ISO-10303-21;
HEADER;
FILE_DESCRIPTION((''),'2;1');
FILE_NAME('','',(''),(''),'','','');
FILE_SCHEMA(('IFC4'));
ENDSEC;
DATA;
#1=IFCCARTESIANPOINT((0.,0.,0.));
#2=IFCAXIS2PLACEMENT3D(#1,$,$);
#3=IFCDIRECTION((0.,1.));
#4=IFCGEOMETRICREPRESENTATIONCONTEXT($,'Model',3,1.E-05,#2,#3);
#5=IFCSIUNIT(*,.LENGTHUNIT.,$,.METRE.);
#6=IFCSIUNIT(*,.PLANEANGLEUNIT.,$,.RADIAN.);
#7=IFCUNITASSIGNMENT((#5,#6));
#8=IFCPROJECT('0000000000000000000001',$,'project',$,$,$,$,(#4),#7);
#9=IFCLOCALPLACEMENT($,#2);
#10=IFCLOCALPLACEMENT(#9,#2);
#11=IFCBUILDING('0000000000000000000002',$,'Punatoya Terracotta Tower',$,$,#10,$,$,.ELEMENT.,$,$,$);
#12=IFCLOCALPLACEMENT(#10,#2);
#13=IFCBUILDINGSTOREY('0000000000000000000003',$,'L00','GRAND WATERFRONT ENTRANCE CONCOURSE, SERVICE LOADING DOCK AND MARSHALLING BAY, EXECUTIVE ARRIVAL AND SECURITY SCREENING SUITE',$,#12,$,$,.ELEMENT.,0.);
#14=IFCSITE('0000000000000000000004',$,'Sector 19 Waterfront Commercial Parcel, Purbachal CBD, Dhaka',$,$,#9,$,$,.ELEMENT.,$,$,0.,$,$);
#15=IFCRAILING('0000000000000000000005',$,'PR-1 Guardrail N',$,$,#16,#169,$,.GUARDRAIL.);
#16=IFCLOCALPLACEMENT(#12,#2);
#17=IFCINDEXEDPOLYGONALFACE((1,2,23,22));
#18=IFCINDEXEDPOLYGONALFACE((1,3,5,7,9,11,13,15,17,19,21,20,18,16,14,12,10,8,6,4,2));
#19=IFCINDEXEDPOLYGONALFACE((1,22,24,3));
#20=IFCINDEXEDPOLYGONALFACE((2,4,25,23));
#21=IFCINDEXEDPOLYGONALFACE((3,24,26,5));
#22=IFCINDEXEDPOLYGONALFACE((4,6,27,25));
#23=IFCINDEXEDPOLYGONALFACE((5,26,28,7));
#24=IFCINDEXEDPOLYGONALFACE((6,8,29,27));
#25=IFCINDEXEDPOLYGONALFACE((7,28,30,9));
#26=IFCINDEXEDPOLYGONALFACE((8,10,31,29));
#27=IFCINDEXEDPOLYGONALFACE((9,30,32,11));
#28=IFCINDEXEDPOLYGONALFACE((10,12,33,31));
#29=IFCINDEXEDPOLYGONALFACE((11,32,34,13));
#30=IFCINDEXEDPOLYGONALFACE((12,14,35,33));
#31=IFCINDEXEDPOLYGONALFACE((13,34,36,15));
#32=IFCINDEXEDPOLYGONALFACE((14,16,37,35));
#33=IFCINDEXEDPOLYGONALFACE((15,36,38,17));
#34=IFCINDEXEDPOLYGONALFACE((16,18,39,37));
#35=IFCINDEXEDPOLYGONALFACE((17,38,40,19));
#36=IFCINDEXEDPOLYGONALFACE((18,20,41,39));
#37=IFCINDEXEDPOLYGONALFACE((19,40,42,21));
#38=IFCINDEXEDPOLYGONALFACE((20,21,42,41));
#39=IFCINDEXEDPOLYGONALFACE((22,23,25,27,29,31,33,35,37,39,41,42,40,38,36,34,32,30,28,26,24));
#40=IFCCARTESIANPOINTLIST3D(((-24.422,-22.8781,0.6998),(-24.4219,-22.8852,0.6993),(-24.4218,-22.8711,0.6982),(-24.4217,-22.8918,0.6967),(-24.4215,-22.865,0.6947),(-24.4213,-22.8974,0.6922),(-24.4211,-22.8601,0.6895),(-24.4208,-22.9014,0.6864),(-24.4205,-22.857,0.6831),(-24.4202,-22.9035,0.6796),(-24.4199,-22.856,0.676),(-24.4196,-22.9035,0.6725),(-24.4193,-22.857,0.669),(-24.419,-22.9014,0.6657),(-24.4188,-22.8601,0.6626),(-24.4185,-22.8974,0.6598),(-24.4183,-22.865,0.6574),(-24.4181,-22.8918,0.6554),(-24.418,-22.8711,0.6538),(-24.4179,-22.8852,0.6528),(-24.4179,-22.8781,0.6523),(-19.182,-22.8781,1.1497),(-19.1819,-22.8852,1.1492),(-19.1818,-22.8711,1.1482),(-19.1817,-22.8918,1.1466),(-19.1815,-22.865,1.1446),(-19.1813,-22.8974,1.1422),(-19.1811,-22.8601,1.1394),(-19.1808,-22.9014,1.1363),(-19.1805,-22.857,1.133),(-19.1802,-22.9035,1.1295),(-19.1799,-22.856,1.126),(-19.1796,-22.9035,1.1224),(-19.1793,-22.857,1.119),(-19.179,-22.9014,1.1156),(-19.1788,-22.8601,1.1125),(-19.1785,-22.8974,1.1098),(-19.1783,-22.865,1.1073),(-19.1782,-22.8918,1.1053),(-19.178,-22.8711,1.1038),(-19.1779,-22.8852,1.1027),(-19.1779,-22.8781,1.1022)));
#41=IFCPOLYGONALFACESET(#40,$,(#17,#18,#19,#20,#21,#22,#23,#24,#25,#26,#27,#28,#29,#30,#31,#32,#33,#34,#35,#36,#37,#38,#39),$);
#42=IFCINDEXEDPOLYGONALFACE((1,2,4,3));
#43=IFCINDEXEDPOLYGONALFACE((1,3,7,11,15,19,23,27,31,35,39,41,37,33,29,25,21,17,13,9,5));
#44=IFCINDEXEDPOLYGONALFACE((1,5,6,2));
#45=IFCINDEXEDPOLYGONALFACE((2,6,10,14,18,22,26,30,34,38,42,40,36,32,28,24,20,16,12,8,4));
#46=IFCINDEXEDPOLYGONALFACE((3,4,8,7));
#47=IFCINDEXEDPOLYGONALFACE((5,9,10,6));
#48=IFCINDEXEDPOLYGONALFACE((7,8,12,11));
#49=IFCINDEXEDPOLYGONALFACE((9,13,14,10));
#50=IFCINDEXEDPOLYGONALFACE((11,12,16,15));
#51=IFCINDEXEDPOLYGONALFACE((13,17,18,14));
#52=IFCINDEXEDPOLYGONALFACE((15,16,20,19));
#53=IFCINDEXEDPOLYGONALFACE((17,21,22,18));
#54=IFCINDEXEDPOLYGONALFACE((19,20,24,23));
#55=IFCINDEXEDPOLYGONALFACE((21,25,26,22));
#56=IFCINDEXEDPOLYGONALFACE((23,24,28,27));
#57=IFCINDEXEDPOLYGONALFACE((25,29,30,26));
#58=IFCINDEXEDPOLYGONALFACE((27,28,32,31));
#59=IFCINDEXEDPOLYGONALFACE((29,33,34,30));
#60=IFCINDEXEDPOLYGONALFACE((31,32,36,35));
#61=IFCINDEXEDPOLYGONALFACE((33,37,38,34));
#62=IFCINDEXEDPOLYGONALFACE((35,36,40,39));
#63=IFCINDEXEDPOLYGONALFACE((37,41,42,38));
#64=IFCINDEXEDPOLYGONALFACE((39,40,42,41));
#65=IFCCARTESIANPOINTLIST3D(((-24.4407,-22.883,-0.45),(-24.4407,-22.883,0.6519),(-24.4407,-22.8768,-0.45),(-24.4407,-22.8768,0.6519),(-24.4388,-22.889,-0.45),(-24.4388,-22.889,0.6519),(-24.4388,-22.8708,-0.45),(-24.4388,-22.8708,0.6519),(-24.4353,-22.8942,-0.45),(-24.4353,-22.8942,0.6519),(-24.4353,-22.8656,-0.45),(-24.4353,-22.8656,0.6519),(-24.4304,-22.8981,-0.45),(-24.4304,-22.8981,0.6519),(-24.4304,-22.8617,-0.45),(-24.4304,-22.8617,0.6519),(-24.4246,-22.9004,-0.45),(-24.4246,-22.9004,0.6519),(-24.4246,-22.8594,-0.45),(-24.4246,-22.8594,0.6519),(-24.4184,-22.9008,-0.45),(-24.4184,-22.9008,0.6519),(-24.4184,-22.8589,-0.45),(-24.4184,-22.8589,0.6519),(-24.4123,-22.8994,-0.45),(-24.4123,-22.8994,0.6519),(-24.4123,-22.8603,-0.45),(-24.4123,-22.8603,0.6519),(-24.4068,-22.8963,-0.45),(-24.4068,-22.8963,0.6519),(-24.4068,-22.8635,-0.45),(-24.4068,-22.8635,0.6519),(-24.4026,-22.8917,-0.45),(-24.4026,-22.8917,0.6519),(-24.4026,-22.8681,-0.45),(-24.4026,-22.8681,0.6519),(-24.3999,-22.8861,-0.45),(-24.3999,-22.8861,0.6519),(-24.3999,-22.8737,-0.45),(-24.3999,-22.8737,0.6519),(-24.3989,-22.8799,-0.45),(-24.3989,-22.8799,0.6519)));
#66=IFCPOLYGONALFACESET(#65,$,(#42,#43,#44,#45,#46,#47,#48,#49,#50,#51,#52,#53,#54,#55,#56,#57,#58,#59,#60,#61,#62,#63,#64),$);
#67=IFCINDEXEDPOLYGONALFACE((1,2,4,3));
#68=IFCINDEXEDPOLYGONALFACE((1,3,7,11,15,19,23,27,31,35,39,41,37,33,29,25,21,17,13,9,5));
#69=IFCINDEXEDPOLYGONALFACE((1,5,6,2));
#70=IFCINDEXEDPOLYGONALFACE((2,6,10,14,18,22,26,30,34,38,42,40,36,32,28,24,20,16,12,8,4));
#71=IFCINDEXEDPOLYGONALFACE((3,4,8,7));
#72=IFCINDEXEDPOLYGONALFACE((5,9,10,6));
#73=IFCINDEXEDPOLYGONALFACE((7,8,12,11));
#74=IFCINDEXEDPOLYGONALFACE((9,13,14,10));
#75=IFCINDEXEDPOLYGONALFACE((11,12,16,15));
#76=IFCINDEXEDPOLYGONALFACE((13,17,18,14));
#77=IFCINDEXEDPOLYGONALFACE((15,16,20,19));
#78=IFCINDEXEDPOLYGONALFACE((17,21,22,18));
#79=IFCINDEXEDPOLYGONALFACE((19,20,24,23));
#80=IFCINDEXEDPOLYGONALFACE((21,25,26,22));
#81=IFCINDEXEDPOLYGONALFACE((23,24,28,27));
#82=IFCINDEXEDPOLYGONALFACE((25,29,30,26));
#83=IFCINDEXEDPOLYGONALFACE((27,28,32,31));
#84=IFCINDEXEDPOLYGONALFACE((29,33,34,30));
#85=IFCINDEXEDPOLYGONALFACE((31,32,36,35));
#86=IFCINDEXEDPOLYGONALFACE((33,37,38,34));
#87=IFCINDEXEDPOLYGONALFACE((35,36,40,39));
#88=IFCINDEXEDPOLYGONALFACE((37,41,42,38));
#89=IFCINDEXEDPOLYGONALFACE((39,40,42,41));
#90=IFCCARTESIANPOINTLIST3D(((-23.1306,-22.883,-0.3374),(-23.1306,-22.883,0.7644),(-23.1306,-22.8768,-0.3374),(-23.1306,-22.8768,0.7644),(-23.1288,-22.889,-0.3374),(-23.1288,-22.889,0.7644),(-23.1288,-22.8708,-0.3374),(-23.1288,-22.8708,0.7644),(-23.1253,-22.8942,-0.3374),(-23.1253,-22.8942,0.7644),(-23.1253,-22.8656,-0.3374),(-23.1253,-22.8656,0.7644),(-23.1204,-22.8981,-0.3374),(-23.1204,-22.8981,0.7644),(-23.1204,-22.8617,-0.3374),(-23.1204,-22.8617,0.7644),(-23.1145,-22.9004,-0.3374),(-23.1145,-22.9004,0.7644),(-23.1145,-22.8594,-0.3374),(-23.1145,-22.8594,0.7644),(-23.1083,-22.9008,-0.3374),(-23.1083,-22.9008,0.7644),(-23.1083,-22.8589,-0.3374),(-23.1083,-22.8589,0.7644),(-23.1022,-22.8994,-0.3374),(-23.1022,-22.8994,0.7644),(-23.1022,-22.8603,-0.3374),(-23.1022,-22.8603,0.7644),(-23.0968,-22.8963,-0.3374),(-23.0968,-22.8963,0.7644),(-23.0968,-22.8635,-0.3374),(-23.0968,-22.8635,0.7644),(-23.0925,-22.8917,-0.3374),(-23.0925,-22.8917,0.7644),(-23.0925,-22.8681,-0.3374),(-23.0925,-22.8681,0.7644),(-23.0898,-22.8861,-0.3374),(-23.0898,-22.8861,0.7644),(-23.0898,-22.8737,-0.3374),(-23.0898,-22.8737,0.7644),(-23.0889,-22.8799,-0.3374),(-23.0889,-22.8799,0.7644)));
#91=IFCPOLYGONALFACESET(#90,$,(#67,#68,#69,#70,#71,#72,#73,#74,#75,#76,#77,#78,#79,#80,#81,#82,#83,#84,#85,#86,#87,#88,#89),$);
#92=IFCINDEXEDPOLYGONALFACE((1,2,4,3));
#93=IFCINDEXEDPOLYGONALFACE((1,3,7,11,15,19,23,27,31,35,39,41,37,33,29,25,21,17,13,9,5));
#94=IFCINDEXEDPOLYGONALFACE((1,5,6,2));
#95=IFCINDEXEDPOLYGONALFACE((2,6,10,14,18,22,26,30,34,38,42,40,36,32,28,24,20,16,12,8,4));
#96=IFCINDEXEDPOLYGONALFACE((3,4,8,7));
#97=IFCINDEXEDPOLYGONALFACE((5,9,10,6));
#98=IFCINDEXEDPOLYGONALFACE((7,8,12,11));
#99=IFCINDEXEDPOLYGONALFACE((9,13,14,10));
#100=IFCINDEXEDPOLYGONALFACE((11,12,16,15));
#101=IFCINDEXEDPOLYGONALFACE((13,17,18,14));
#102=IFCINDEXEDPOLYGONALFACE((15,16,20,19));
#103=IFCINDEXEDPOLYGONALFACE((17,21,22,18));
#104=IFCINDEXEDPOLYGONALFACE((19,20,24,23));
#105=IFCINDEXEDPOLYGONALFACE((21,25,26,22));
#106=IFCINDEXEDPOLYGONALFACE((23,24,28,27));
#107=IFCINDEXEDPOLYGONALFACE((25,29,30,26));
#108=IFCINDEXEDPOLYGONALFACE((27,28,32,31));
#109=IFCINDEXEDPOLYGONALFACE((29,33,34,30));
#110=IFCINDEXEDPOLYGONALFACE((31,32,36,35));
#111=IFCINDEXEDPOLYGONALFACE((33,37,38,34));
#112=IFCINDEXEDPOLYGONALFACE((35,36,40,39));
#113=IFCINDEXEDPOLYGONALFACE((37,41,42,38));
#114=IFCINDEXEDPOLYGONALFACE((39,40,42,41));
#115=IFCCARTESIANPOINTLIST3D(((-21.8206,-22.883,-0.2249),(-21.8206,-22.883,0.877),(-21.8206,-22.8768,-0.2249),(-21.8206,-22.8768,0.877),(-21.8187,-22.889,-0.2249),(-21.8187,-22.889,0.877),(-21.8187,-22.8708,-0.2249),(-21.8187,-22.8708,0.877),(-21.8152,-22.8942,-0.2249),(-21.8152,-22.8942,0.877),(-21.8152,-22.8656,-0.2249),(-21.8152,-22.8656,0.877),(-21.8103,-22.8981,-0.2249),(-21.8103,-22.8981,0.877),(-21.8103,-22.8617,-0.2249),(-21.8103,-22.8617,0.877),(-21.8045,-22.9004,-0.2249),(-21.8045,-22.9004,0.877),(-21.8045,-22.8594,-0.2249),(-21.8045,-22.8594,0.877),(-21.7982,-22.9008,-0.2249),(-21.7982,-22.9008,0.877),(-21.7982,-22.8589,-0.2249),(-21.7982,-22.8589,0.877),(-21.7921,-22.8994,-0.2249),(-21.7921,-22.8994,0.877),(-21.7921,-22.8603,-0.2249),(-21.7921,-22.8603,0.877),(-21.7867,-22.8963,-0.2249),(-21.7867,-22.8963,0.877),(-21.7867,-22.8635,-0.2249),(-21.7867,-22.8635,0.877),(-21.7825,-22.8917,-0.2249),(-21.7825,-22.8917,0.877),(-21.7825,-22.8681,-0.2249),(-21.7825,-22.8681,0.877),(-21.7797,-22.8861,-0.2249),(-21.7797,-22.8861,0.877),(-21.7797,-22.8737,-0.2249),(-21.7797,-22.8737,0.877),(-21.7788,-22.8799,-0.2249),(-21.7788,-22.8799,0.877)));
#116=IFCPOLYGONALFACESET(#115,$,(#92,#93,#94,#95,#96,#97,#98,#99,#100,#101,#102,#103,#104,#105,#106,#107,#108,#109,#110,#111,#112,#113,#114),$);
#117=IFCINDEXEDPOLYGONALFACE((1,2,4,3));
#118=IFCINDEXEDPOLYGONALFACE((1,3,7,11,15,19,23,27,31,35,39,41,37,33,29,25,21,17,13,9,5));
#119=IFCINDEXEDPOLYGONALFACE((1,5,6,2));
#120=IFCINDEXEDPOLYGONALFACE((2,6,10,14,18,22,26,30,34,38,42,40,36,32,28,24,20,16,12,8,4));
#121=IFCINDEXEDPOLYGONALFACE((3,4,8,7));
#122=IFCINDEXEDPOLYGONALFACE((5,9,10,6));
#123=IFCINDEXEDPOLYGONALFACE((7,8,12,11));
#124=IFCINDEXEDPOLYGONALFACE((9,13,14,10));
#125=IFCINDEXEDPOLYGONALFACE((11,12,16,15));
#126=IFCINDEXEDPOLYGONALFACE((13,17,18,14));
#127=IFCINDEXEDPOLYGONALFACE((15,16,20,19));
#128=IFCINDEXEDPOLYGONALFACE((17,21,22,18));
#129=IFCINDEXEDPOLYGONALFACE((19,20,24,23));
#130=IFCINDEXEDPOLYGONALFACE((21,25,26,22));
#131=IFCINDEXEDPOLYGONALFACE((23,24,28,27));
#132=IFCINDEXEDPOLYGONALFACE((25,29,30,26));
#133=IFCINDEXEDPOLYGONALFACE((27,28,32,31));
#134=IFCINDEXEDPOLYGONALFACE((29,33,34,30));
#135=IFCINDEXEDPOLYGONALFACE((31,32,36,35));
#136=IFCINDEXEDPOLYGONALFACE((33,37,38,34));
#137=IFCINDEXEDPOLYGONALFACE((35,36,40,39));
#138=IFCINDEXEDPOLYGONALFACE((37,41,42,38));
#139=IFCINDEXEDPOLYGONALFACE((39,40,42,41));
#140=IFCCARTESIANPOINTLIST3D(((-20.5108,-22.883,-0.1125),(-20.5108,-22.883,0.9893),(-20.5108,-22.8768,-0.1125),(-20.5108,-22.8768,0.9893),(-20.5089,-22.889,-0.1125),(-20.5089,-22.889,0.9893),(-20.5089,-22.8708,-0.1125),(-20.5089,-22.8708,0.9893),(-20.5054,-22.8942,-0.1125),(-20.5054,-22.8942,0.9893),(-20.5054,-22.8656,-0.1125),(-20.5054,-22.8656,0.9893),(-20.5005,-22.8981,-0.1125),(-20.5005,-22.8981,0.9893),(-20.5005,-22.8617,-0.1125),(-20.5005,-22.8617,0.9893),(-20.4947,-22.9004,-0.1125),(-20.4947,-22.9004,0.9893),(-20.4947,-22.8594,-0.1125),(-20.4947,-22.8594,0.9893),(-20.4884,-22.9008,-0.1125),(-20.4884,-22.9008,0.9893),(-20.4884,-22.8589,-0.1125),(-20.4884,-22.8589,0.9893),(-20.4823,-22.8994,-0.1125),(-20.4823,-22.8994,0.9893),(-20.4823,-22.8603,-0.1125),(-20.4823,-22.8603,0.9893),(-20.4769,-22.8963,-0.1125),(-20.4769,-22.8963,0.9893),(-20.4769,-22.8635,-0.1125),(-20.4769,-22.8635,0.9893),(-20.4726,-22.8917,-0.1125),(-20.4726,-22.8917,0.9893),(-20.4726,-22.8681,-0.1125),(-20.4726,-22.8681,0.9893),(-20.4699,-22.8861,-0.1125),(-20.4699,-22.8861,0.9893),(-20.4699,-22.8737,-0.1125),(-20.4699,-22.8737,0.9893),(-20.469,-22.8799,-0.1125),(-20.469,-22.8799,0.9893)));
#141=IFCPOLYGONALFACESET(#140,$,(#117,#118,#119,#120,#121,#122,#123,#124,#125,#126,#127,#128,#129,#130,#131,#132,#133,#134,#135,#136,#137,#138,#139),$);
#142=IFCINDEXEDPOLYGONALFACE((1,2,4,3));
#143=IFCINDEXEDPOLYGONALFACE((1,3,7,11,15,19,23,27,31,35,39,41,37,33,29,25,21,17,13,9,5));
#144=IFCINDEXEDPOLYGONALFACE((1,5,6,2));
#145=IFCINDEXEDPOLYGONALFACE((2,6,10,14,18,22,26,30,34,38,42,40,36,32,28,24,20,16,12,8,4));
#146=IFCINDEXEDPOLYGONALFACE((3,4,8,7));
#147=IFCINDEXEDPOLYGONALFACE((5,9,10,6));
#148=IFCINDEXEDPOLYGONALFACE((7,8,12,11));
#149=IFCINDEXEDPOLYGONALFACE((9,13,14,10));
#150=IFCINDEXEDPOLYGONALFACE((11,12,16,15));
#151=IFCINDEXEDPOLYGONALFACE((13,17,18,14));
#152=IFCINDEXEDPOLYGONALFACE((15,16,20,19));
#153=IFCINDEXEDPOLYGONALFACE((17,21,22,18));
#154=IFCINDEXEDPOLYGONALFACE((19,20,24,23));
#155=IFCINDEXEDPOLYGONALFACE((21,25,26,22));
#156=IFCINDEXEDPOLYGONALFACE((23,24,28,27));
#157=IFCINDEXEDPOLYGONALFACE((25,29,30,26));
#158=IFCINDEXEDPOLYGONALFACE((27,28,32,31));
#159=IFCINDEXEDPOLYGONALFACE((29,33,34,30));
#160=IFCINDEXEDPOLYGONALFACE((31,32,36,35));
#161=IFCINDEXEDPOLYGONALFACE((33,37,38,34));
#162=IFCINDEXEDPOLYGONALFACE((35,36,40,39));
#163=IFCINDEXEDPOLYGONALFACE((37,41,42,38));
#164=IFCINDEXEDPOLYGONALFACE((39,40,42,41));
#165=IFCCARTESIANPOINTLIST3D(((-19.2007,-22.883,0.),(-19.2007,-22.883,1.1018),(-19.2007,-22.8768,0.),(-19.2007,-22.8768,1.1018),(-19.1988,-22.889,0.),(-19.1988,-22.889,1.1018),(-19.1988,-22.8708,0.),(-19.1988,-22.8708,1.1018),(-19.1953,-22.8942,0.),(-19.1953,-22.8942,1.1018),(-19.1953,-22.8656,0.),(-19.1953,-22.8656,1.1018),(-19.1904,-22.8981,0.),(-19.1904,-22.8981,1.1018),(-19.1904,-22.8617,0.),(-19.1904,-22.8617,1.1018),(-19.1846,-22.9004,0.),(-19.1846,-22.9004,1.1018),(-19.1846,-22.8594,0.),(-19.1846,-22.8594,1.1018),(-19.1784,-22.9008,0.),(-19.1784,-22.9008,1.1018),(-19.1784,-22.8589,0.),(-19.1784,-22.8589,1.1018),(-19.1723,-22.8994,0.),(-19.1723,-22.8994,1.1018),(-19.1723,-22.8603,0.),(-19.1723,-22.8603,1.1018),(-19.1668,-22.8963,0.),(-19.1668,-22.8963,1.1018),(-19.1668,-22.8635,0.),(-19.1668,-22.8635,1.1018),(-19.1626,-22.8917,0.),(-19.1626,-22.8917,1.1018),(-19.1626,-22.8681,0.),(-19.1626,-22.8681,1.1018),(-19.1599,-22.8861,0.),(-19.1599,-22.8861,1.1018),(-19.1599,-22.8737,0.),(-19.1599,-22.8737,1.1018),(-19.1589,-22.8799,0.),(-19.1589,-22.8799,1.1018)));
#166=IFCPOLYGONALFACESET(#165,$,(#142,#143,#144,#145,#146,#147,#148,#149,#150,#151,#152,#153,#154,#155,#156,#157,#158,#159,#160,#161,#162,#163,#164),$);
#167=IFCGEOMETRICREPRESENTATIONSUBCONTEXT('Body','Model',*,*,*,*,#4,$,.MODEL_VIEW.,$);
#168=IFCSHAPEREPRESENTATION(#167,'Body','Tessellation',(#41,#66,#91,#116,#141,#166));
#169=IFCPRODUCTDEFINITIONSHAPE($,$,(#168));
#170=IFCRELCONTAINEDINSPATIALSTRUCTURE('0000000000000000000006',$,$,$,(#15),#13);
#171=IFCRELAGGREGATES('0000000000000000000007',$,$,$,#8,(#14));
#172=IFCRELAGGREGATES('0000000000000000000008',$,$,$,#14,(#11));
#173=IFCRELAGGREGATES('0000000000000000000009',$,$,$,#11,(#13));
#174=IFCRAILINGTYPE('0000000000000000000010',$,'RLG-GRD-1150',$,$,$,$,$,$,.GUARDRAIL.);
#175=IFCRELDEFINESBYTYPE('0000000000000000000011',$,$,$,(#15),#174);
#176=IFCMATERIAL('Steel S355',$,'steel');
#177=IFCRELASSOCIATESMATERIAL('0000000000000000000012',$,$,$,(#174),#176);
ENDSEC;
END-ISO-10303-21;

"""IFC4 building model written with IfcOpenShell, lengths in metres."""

from ifc_helpers import new_model, si_unit, direction, frame, origin, origin_2d, place, context, subcontext, project, spatial, circle, extrude, material, type_object, element, save


model = new_model("IFC4")

# Units and contexts
model_context = context("Model", 3, precision=1e-05, world=origin(), true_north=direction((0.0, 1.0)))
body_context = subcontext(model_context, "Body", "Model", "MODEL_VIEW")
ifc_project = project(units=[si_unit("LENGTHUNIT", "METRE"), si_unit("PLANEANGLEUNIT", "RADIAN")], contexts=[model_context])

# Site, building, storey
site_placement = place(None, origin())
site = spatial("IfcSite", under=ifc_project, at=site_placement, Name="Sector 19 Waterfront Commercial Parcel, Purbachal CBD, Dhaka", CompositionType="ELEMENT", RefElevation=0.0)
building_placement = place(site_placement, origin())
building = spatial("IfcBuilding", under=site, at=building_placement, Name="Punatoya Terracotta Tower", CompositionType="ELEMENT")
storey_placement = place(building_placement, origin())
storey = spatial("IfcBuildingStorey", under=building, at=storey_placement, Name="L00", Description="GRAND WATERFRONT ENTRANCE CONCOURSE, SERVICE LOADING DOCK AND MARSHALLING BAY, EXECUTIVE ARRIVAL AND SECURITY SCREENING SUITE", CompositionType="ELEMENT", Elevation=0.0)

# Shared definitions
ifc_material_1 = material(Name="Steel S355", Category="steel")

# Railing
railing_type_1 = type_object("IfcRailingType", Name="RLG-GRD-1150", PredefinedType="GUARDRAIL", material=ifc_material_1)
for number, where, name in (
    (1, (-24.4199, -22.8799, -0.45), "PR-1 Guardrail N"),
):
    element("IfcRailing", number, at=place(storey_placement, frame(where)), inside=storey, type_object=railing_type_1, Name=name, PredefinedType="GUARDRAIL", context=body_context, shape_type="SweptSolid", body=[
        extrude(circle(Radius=0.0239, at=origin_2d()), frame((0.0, 0.0, 1.126), z_axis=(0.996334, 0.0, 0.085554), x_axis=(0.0, 1.0, 0.0)), (0.0, 0.0, 1.0), 5.2593),
        extrude(circle(Radius=0.021, at=origin_2d()), origin(), (0.0, 0.0, 1.0), 1.1018),
        extrude(circle(Radius=0.021, at=origin_2d()), frame((1.3101, 0.0, 0.1125)), (0.0, 0.0, 1.0), 1.1018),
        extrude(circle(Radius=0.021, at=origin_2d()), frame((2.6201, 0.0, 0.2251)), (0.0, 0.0, 1.0), 1.1018),
        extrude(circle(Radius=0.021, at=origin_2d()), frame((3.9299, 0.0, 0.3374)), (0.0, 0.0, 1.0), 1.1018),
        extrude(circle(Radius=0.021, at=origin_2d()), frame((5.24, 0.0, 0.45)), (0.0, 0.0, 1.0), 1.1018),
    ])

save(model, "model.ifc")
